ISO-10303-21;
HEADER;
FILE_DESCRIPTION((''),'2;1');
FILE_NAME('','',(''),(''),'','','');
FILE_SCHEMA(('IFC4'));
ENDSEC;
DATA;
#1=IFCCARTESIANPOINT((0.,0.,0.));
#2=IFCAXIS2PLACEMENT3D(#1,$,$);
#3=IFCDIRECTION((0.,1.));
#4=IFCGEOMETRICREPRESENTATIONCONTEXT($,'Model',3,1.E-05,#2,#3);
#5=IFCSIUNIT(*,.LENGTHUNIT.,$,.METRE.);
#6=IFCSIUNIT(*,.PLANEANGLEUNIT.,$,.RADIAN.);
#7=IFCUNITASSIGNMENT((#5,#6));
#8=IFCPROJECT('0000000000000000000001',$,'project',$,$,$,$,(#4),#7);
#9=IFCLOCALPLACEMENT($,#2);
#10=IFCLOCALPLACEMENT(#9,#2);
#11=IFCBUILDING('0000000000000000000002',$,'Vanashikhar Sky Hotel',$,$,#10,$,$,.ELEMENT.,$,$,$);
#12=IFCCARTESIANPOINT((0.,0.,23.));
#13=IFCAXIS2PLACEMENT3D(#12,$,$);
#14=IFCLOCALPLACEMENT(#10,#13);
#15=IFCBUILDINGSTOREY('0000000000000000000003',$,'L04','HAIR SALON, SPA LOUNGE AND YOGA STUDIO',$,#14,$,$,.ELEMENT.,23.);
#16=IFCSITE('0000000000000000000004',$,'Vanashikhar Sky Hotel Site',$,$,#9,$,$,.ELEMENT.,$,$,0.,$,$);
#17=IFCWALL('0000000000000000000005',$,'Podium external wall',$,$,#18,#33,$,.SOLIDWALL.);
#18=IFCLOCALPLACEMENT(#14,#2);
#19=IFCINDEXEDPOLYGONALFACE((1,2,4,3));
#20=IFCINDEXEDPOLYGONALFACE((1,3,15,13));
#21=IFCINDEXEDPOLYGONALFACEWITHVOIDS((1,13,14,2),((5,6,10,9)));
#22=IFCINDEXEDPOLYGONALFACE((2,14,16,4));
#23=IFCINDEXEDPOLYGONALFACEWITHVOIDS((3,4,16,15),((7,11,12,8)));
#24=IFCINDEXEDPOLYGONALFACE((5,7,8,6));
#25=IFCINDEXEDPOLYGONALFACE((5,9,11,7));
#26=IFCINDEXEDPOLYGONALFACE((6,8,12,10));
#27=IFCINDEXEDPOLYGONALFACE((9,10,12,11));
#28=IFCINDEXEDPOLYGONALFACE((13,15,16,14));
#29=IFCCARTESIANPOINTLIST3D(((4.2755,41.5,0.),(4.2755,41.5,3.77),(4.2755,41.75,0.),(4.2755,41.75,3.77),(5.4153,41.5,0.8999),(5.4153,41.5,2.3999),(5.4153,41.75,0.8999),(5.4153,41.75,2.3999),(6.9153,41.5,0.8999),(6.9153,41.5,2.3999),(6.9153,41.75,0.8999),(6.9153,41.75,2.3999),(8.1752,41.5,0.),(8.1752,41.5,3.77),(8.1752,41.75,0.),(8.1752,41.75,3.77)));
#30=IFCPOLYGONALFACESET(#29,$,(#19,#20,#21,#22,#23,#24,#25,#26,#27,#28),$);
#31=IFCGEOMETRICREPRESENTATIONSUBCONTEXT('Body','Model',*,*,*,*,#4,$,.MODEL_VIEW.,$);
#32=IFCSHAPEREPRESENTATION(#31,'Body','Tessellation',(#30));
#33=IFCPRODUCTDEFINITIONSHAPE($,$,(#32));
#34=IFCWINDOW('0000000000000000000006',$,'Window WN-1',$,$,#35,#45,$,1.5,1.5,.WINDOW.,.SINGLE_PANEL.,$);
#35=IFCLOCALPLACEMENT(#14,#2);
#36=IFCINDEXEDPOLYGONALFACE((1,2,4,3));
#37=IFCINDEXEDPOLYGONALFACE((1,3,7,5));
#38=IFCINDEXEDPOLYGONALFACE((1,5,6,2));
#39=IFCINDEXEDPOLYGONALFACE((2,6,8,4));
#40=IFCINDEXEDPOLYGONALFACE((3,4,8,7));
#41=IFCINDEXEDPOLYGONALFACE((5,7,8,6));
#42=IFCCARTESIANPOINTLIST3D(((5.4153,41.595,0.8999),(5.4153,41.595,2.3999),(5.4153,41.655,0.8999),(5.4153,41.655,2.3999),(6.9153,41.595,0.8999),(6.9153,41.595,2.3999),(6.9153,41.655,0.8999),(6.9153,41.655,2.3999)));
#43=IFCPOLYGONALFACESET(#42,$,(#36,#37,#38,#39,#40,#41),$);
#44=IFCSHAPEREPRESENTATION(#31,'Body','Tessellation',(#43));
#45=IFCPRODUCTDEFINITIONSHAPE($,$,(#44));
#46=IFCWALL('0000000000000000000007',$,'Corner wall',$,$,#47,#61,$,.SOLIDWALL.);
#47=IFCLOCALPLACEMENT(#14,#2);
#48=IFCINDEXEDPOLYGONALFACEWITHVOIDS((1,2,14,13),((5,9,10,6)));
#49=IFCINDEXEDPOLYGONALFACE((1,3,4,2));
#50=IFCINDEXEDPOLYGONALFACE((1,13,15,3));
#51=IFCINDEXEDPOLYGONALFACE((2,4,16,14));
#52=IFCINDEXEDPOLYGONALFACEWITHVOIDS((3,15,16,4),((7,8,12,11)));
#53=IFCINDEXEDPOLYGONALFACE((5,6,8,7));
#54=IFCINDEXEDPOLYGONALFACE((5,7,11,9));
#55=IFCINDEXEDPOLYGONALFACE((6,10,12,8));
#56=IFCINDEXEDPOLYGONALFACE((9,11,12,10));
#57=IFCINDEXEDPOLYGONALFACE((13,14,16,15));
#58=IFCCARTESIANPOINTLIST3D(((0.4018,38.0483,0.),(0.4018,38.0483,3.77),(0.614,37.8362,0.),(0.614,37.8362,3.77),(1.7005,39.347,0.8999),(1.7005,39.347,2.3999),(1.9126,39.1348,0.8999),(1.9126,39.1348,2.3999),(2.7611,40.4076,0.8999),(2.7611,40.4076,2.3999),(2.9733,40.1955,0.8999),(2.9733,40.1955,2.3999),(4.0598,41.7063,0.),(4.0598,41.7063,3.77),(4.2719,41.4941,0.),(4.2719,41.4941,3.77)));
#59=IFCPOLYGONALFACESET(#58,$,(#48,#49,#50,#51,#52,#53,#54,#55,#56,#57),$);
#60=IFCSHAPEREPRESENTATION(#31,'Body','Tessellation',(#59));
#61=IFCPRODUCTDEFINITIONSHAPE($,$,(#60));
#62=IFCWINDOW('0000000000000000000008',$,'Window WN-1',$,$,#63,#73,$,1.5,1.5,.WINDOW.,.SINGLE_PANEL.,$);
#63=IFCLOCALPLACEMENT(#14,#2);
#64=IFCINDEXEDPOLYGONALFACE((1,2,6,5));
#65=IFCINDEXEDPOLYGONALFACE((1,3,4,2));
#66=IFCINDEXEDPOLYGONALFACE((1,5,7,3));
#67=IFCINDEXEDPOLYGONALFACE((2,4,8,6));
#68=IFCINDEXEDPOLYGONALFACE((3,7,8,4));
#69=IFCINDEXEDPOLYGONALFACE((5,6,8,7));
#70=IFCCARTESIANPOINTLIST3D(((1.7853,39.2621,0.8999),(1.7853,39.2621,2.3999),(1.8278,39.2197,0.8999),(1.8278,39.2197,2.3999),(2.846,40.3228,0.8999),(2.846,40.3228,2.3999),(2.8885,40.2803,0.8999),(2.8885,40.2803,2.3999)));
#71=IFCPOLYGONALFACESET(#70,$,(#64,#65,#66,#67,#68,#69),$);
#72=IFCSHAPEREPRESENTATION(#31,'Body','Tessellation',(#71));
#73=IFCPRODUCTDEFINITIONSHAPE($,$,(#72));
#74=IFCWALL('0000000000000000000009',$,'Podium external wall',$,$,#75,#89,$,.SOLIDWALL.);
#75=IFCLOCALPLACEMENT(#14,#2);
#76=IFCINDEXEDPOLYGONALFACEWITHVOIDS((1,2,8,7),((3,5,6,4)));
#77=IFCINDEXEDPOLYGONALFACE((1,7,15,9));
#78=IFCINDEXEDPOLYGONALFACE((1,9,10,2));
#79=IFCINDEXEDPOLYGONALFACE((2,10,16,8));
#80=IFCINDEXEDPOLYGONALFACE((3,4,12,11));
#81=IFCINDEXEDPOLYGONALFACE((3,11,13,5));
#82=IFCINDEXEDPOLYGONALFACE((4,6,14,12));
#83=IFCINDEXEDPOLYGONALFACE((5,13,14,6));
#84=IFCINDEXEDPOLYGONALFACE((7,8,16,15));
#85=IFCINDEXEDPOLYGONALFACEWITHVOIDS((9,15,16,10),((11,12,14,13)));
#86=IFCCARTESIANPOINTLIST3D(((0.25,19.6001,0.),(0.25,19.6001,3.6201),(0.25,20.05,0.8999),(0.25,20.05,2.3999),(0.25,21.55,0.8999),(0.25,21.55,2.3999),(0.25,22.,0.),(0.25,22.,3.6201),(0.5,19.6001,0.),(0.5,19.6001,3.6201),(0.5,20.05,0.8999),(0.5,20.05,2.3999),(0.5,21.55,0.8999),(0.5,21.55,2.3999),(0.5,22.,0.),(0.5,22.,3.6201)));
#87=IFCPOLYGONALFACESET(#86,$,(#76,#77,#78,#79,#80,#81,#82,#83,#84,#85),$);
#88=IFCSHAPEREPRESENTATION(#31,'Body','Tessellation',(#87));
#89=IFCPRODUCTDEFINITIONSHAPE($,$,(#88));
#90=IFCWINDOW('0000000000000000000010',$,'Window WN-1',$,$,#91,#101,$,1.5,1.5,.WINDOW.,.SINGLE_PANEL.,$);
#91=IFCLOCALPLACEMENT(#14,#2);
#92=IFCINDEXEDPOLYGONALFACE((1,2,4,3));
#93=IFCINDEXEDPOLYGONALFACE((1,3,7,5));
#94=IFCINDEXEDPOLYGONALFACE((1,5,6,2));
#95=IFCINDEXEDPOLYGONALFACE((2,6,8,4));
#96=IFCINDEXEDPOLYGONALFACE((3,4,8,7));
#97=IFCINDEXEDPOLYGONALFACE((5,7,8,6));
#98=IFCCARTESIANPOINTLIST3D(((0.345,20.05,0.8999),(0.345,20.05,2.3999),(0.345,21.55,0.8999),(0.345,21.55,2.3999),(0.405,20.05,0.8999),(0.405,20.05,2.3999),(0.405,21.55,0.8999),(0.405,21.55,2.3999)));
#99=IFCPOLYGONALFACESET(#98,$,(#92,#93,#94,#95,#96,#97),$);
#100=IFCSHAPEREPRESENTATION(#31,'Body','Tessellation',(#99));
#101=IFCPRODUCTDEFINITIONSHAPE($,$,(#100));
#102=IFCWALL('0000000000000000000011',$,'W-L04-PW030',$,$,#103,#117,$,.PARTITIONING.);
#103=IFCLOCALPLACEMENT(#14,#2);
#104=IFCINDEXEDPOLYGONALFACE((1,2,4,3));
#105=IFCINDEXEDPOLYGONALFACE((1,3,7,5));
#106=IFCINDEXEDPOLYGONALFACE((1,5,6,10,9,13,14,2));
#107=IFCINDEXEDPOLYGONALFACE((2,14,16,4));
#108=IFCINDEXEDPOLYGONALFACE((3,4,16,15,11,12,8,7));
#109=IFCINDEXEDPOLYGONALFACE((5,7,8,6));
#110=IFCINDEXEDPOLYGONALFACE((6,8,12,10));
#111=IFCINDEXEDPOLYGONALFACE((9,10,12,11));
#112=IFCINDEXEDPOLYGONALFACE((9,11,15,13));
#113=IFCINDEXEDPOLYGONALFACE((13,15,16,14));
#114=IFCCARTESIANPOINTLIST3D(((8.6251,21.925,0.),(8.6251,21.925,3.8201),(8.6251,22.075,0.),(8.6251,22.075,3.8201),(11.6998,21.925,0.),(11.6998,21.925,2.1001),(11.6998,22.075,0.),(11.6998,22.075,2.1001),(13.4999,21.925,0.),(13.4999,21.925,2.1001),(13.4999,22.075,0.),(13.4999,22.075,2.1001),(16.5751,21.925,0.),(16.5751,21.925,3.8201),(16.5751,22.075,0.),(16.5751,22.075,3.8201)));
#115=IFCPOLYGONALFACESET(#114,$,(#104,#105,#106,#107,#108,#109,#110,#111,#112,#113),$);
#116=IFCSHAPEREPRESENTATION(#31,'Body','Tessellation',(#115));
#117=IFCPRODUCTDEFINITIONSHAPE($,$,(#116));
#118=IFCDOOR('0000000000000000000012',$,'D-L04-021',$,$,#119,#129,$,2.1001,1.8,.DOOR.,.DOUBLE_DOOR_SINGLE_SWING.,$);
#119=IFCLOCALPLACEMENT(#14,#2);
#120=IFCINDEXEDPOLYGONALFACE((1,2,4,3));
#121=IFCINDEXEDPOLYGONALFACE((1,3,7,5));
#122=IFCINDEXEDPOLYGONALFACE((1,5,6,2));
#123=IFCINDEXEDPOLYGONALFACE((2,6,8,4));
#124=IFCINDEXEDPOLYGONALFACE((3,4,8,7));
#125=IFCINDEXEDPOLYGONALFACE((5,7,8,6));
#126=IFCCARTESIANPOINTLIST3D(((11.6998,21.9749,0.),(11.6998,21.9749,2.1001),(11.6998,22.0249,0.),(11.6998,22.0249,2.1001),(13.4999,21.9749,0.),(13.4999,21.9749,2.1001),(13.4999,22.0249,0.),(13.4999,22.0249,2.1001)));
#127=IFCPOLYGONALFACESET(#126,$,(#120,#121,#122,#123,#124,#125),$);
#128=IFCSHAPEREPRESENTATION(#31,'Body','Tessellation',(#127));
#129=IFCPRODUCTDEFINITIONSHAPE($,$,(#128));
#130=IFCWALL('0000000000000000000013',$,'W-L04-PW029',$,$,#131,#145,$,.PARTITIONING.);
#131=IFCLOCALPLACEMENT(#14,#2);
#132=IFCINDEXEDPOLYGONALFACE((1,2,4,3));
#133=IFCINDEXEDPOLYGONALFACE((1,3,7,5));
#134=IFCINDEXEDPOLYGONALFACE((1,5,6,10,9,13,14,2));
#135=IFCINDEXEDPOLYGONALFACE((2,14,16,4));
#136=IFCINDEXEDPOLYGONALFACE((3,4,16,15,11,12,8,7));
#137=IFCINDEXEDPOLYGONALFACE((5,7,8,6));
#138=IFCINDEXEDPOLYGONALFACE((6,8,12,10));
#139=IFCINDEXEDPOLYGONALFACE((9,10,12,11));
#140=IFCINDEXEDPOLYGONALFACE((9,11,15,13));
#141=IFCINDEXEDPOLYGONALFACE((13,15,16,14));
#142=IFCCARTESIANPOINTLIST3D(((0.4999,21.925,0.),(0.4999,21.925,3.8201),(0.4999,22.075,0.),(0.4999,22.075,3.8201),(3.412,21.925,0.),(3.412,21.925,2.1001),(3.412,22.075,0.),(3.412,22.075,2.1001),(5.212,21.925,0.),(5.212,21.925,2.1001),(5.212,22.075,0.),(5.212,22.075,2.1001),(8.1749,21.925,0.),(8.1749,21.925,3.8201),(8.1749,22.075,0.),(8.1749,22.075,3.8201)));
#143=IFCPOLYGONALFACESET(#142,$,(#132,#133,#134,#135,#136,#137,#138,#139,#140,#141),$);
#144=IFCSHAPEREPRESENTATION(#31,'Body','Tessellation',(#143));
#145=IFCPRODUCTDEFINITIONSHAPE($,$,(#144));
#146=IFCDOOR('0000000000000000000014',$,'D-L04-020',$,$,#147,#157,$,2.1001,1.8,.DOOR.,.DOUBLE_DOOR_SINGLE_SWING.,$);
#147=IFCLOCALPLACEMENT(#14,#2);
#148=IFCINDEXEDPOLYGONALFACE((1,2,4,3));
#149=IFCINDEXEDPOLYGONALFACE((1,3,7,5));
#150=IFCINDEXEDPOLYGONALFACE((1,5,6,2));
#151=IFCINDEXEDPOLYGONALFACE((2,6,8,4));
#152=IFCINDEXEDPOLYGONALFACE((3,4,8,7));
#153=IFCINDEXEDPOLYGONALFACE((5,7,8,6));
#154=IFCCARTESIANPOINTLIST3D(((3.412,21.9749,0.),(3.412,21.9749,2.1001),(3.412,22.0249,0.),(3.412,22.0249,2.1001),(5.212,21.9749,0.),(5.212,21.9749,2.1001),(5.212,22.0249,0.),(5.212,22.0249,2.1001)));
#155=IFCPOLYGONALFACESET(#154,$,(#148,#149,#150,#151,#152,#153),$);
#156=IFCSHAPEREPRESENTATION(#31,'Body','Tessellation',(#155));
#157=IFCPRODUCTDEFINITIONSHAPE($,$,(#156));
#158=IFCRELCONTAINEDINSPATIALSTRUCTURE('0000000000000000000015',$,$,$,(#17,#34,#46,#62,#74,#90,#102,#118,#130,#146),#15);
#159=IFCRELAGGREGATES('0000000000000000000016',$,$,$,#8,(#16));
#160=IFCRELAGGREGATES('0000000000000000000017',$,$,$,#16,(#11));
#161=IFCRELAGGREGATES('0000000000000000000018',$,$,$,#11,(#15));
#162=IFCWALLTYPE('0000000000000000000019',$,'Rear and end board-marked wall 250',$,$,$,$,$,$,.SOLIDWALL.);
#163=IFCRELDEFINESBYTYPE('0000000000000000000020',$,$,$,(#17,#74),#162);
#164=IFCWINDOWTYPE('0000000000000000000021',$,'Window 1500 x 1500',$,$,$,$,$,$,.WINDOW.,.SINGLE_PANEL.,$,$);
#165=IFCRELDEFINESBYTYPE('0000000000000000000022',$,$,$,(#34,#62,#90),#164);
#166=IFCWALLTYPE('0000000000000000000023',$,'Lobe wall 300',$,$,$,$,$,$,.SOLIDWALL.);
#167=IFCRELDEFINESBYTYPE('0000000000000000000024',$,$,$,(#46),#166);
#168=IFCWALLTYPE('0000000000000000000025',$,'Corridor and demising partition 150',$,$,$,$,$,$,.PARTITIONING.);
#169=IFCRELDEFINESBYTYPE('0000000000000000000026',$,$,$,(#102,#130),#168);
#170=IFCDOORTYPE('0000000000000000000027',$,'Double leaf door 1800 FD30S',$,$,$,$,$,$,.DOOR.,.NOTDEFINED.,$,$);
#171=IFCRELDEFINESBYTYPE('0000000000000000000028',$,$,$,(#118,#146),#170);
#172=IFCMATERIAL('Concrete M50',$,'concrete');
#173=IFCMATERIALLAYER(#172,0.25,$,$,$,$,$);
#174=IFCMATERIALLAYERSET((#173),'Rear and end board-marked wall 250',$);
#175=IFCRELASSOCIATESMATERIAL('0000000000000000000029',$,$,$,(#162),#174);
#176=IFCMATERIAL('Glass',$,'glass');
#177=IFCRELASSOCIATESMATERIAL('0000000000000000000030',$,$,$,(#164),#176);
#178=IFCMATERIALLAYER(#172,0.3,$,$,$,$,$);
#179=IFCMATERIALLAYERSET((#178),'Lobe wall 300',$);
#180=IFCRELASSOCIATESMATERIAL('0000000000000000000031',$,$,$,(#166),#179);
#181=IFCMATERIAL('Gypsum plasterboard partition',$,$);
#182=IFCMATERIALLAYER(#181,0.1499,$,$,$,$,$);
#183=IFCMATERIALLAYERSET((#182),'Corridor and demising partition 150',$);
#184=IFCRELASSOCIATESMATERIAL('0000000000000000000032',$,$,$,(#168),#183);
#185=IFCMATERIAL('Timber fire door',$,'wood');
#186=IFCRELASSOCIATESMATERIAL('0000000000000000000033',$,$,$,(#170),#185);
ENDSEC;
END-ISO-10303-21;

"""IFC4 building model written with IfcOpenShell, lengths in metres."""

from ifc_helpers import new_model, si_unit, direction, frame, frame_2d, origin, place, context, subcontext, project, spatial, rectangle, extrude, source, transform, mapped, material, layer, layer_set, type_object, element, fill, save


model = new_model("IFC4")

# Units and contexts
model_context = context("Model", 3, precision=1e-05, world=origin(), true_north=direction((0.0, 1.0)))
body_context = subcontext(model_context, "Body", "Model", "MODEL_VIEW")
ifc_project = project(units=[si_unit("LENGTHUNIT", "METRE"), si_unit("PLANEANGLEUNIT", "RADIAN")], contexts=[model_context])

# Site, building, storey
site_placement = place(None, origin())
site = spatial("IfcSite", under=ifc_project, at=site_placement, Name="Vanashikhar Sky Hotel Site", CompositionType="ELEMENT", RefElevation=0.0)
building_placement = place(site_placement, origin())
building = spatial("IfcBuilding", under=site, at=building_placement, Name="Vanashikhar Sky Hotel", CompositionType="ELEMENT")
storey_placement = place(building_placement, frame((0.0, 0.0, 23.0)))
storey = spatial("IfcBuildingStorey", under=building, at=storey_placement, Name="L04", Description="HAIR SALON, SPA LOUNGE AND YOGA STUDIO", CompositionType="ELEMENT", Elevation=23.0)

# Shared definitions
ifc_material_1 = material(Name="Concrete M50", Category="concrete")

# Walls, openings, windows
ifc_layer_1 = layer(ifc_material_1, 0.25)
ifc_layer_set_1 = layer_set([ifc_layer_1], Name="Rear and end board-marked wall 250")
wall_type_1 = type_object("IfcWallType", Name="Rear and end board-marked wall 250", PredefinedType="SOLIDWALL", material=ifc_layer_set_1)
shared_shape_1 = source(origin(), body_context, "Body", "SweptSolid", [
    extrude(rectangle(XDim=1.5, YDim=1.5, at=frame_2d((0.75, 0.75))), frame((0.0, 0.135, 0.0), z_axis=(0.0, -1.0, 0.0), x_axis=(1.0, 0.0, 0.0)), (0.0, 0.0, 1.0), 0.27),
])
ifc_material_2 = material(Name="Glass", Category="glass")
window_type = type_object("IfcWindowType", Name="Window 1500 x 1500", PartitioningType="SINGLE_PANEL", PredefinedType="WINDOW", material=ifc_material_2)
shared_shape_2 = source(origin(), body_context, "Body", "SweptSolid", [
    extrude(rectangle(XDim=1.5, YDim=1.5, at=frame_2d((0.75, 0.75))), frame((0.0, 0.03, 0.0), z_axis=(0.0, -1.0, 0.0), x_axis=(1.0, 0.0, 0.0)), (0.0, 0.0, 1.0), 0.0601),
])
shared_shape_3 = source(origin(), body_context, "Body", "SweptSolid", [
    extrude(rectangle(XDim=3.8997, YDim=0.25, at=frame_2d((1.9497, 0.0))), origin(), (0.0, 0.0, 1.0), 3.77),
])
wall_1_placement = place(storey_placement, frame((8.175, 41.625, 0.0), z_axis=(0.0, 0.0, 1.0), x_axis=(-1.0, 0.0, 0.0)))
wall_1 = element("IfcWall", 1, at=wall_1_placement, inside=storey, type_object=wall_type_1, Name="Podium external wall", PredefinedType="SOLIDWALL", context=body_context, shape_type="MappedRepresentation", body=[
    mapped(shared_shape_3, transform((0.0, 0.0, 0.0), scale=1.0)),
])
opening_1_placement = place(wall_1_placement, frame((1.2598, 0.0, 0.8999)))
opening_1 = element("IfcOpeningElement", 2, at=opening_1_placement, cuts=wall_1, PredefinedType="OPENING", context=body_context, shape_type="MappedRepresentation", body=[
    mapped(shared_shape_1, transform((0.0, 0.0, 0.0), scale=1.0)),
])
window_1_placement = place(opening_1_placement, origin())
window_1 = element("IfcWindow", 3, at=window_1_placement, inside=storey, type_object=window_type, Name="Window WN-1", OverallHeight=1.5, OverallWidth=1.5, PartitioningType="SINGLE_PANEL", PredefinedType="WINDOW", context=body_context, shape_type="MappedRepresentation", body=[
    mapped(shared_shape_2, transform((0.0, 0.0, 0.0), scale=1.0)),
])
fill(opening_1, window_1)
ifc_layer_2 = layer(ifc_material_1, 0.3)
ifc_layer_set_2 = layer_set([ifc_layer_2], Name="Lobe wall 300")
wall_type_2 = type_object("IfcWallType", Name="Lobe wall 300", PredefinedType="SOLIDWALL", material=ifc_layer_set_2)
shared_shape_4 = source(origin(), body_context, "Body", "SweptSolid", [
    extrude(rectangle(XDim=5.1731, YDim=0.3, at=frame_2d((2.5864, 0.0))), origin(), (0.0, 0.0, 1.0), 3.77),
])
wall_2_placement = place(storey_placement, frame((4.1658, 41.6001, 0.0), z_axis=(0.0, 0.0, 1.0), x_axis=(-0.707107, -0.707107, 0.0)))
wall_2 = element("IfcWall", 4, at=wall_2_placement, inside=storey, type_object=wall_type_2, Name="Corner wall", PredefinedType="SOLIDWALL", context=body_context, shape_type="MappedRepresentation", body=[
    mapped(shared_shape_4, transform((0.0, 0.0, 0.0), scale=1.0)),
])
shared_shape_5 = source(origin(), body_context, "Body", "SweptSolid", [
    extrude(rectangle(XDim=1.5, YDim=1.5, at=frame_2d((0.75, 0.75))), frame((0.0, 0.1602, 0.0), z_axis=(0.0, -1.0, 0.0), x_axis=(1.0, 0.0, 0.0)), (0.0, 0.0, 1.0), 0.3201),
])
opening_2_placement = place(wall_2_placement, frame((1.8364, 0.0, 0.8999)))
opening_2 = element("IfcOpeningElement", 5, at=opening_2_placement, cuts=wall_2, PredefinedType="OPENING", context=body_context, shape_type="MappedRepresentation", body=[
    mapped(shared_shape_5, transform((0.0, 0.0, 0.0), scale=1.0)),
])
window_2_placement = place(opening_2_placement, origin())
window_2 = element("IfcWindow", 6, at=window_2_placement, inside=storey, type_object=window_type, Name="Window WN-1", OverallHeight=1.5, OverallWidth=1.5, PartitioningType="SINGLE_PANEL", PredefinedType="WINDOW", context=body_context, shape_type="MappedRepresentation", body=[
    mapped(shared_shape_2, transform((0.0, 0.0, 0.0), scale=1.0)),
])
fill(opening_2, window_2)
shared_shape_6 = source(origin(), body_context, "Body", "SweptSolid", [
    extrude(rectangle(XDim=2.3999, YDim=0.25, at=frame_2d((1.2, 0.0))), origin(), (0.0, 0.0, 1.0), 3.6201),
])
wall_3_placement = place(storey_placement, frame((0.375, 22.0, 0.0), z_axis=(0.0, 0.0, 1.0), x_axis=(0.0, -1.0, 0.0)))
wall_3 = element("IfcWall", 7, at=wall_3_placement, inside=storey, type_object=wall_type_1, Name="Podium external wall", PredefinedType="SOLIDWALL", context=body_context, shape_type="MappedRepresentation", body=[
    mapped(shared_shape_6, transform((0.0, 0.0, 0.0), scale=1.0)),
])
opening_3_placement = place(wall_3_placement, frame((0.45, 0.0, 0.8999)))
opening_3 = element("IfcOpeningElement", 8, at=opening_3_placement, cuts=wall_3, PredefinedType="OPENING", context=body_context, shape_type="MappedRepresentation", body=[
    mapped(shared_shape_1, transform((0.0, 0.0, 0.0), scale=1.0)),
])
window_3_placement = place(opening_3_placement, origin())
window_3 = element("IfcWindow", 9, at=window_3_placement, inside=storey, type_object=window_type, Name="Window WN-1", OverallHeight=1.5, OverallWidth=1.5, PartitioningType="SINGLE_PANEL", PredefinedType="WINDOW", context=body_context, shape_type="MappedRepresentation", body=[
    mapped(shared_shape_2, transform((0.0, 0.0, 0.0), scale=1.0)),
])
fill(opening_3, window_3)

# Walls, openings, doors
ifc_material_3 = material(Name="Gypsum plasterboard partition")
ifc_layer_3 = layer(ifc_material_3, 0.1499)
ifc_layer_set_3 = layer_set([ifc_layer_3], Name="Corridor and demising partition 150")
wall_type_3 = type_object("IfcWallType", Name="Corridor and demising partition 150", PredefinedType="PARTITIONING", material=ifc_layer_set_3)
shared_shape_7 = source(origin(), body_context, "Body", "SweptSolid", [
    extrude(rectangle(XDim=7.95, YDim=0.1499, at=frame_2d((3.9751, 0.0))), origin(), (0.0, 0.0, 1.0), 3.8201),
])
wall_4_placement = place(storey_placement, frame((8.625, 22.0, 0.0), z_axis=(0.0, 0.0, 1.0), x_axis=(1.0, 0.0, 0.0)))
wall_4 = element("IfcWall", 10, at=wall_4_placement, inside=storey, type_object=wall_type_3, Name="W-L04-PW030", PredefinedType="PARTITIONING", context=body_context, shape_type="MappedRepresentation", body=[
    mapped(shared_shape_7, transform((0.0, 0.0, 0.0), scale=1.0)),
])
shared_shape_8 = source(origin(), body_context, "Body", "SweptSolid", [
    extrude(rectangle(XDim=1.8, YDim=2.1001, at=frame_2d((0.8999, 1.05))), frame((0.0, 0.085, 0.0), z_axis=(0.0, -1.0, 0.0), x_axis=(1.0, 0.0, 0.0)), (0.0, 0.0, 1.0), 0.1699),
])
opening_4_placement = place(wall_4_placement, frame((3.075, 0.0, 0.0)))
opening_4 = element("IfcOpeningElement", 11, at=opening_4_placement, cuts=wall_4, PredefinedType="OPENING", context=body_context, shape_type="MappedRepresentation", body=[
    mapped(shared_shape_8, transform((0.0, 0.0, 0.0), scale=1.0)),
])
ifc_material_4 = material(Name="Timber fire door", Category="wood")
door_type = type_object("IfcDoorType", Name="Double leaf door 1800 FD30S", OperationType="NOTDEFINED", PredefinedType="DOOR", material=ifc_material_4)
shared_shape_9 = source(origin(), body_context, "Body", "SweptSolid", [
    extrude(rectangle(XDim=1.8, YDim=2.1001, at=frame_2d((0.8999, 1.05))), frame((0.0, 0.0249, 0.0), z_axis=(0.0, -1.0, 0.0), x_axis=(1.0, 0.0, 0.0)), (0.0, 0.0, 1.0), 0.05),
])
door_1_placement = place(opening_4_placement, origin())
door_1 = element("IfcDoor", 12, at=door_1_placement, inside=storey, type_object=door_type, Name="D-L04-021", OperationType="DOUBLE_DOOR_SINGLE_SWING", OverallHeight=2.1001, OverallWidth=1.8, PredefinedType="DOOR", context=body_context, shape_type="MappedRepresentation", body=[
    mapped(shared_shape_9, transform((0.0, 0.0, 0.0), scale=1.0)),
])
fill(opening_4, door_1)
shared_shape_10 = source(origin(), body_context, "Body", "SweptSolid", [
    extrude(rectangle(XDim=7.675, YDim=0.1499, at=frame_2d((3.8374, 0.0))), origin(), (0.0, 0.0, 1.0), 3.8201),
])
wall_5_placement = place(storey_placement, frame((0.5, 22.0, 0.0), z_axis=(0.0, 0.0, 1.0), x_axis=(1.0, 0.0, 0.0)))
wall_5 = element("IfcWall", 13, at=wall_5_placement, inside=storey, type_object=wall_type_3, Name="W-L04-PW029", PredefinedType="PARTITIONING", context=body_context, shape_type="MappedRepresentation", body=[
    mapped(shared_shape_10, transform((0.0, 0.0, 0.0), scale=1.0)),
])
opening_5_placement = place(wall_5_placement, frame((2.9121, 0.0, 0.0)))
opening_5 = element("IfcOpeningElement", 14, at=opening_5_placement, cuts=wall_5, PredefinedType="OPENING", context=body_context, shape_type="MappedRepresentation", body=[
    mapped(shared_shape_8, transform((0.0, 0.0, 0.0), scale=1.0)),
])
door_2_placement = place(opening_5_placement, origin())
door_2 = element("IfcDoor", 15, at=door_2_placement, inside=storey, type_object=door_type, Name="D-L04-020", OperationType="DOUBLE_DOOR_SINGLE_SWING", OverallHeight=2.1001, OverallWidth=1.8, PredefinedType="DOOR", context=body_context, shape_type="MappedRepresentation", body=[
    mapped(shared_shape_9, transform((0.0, 0.0, 0.0), scale=1.0)),
])
fill(opening_5, door_2)

save(model, "model.ifc")
